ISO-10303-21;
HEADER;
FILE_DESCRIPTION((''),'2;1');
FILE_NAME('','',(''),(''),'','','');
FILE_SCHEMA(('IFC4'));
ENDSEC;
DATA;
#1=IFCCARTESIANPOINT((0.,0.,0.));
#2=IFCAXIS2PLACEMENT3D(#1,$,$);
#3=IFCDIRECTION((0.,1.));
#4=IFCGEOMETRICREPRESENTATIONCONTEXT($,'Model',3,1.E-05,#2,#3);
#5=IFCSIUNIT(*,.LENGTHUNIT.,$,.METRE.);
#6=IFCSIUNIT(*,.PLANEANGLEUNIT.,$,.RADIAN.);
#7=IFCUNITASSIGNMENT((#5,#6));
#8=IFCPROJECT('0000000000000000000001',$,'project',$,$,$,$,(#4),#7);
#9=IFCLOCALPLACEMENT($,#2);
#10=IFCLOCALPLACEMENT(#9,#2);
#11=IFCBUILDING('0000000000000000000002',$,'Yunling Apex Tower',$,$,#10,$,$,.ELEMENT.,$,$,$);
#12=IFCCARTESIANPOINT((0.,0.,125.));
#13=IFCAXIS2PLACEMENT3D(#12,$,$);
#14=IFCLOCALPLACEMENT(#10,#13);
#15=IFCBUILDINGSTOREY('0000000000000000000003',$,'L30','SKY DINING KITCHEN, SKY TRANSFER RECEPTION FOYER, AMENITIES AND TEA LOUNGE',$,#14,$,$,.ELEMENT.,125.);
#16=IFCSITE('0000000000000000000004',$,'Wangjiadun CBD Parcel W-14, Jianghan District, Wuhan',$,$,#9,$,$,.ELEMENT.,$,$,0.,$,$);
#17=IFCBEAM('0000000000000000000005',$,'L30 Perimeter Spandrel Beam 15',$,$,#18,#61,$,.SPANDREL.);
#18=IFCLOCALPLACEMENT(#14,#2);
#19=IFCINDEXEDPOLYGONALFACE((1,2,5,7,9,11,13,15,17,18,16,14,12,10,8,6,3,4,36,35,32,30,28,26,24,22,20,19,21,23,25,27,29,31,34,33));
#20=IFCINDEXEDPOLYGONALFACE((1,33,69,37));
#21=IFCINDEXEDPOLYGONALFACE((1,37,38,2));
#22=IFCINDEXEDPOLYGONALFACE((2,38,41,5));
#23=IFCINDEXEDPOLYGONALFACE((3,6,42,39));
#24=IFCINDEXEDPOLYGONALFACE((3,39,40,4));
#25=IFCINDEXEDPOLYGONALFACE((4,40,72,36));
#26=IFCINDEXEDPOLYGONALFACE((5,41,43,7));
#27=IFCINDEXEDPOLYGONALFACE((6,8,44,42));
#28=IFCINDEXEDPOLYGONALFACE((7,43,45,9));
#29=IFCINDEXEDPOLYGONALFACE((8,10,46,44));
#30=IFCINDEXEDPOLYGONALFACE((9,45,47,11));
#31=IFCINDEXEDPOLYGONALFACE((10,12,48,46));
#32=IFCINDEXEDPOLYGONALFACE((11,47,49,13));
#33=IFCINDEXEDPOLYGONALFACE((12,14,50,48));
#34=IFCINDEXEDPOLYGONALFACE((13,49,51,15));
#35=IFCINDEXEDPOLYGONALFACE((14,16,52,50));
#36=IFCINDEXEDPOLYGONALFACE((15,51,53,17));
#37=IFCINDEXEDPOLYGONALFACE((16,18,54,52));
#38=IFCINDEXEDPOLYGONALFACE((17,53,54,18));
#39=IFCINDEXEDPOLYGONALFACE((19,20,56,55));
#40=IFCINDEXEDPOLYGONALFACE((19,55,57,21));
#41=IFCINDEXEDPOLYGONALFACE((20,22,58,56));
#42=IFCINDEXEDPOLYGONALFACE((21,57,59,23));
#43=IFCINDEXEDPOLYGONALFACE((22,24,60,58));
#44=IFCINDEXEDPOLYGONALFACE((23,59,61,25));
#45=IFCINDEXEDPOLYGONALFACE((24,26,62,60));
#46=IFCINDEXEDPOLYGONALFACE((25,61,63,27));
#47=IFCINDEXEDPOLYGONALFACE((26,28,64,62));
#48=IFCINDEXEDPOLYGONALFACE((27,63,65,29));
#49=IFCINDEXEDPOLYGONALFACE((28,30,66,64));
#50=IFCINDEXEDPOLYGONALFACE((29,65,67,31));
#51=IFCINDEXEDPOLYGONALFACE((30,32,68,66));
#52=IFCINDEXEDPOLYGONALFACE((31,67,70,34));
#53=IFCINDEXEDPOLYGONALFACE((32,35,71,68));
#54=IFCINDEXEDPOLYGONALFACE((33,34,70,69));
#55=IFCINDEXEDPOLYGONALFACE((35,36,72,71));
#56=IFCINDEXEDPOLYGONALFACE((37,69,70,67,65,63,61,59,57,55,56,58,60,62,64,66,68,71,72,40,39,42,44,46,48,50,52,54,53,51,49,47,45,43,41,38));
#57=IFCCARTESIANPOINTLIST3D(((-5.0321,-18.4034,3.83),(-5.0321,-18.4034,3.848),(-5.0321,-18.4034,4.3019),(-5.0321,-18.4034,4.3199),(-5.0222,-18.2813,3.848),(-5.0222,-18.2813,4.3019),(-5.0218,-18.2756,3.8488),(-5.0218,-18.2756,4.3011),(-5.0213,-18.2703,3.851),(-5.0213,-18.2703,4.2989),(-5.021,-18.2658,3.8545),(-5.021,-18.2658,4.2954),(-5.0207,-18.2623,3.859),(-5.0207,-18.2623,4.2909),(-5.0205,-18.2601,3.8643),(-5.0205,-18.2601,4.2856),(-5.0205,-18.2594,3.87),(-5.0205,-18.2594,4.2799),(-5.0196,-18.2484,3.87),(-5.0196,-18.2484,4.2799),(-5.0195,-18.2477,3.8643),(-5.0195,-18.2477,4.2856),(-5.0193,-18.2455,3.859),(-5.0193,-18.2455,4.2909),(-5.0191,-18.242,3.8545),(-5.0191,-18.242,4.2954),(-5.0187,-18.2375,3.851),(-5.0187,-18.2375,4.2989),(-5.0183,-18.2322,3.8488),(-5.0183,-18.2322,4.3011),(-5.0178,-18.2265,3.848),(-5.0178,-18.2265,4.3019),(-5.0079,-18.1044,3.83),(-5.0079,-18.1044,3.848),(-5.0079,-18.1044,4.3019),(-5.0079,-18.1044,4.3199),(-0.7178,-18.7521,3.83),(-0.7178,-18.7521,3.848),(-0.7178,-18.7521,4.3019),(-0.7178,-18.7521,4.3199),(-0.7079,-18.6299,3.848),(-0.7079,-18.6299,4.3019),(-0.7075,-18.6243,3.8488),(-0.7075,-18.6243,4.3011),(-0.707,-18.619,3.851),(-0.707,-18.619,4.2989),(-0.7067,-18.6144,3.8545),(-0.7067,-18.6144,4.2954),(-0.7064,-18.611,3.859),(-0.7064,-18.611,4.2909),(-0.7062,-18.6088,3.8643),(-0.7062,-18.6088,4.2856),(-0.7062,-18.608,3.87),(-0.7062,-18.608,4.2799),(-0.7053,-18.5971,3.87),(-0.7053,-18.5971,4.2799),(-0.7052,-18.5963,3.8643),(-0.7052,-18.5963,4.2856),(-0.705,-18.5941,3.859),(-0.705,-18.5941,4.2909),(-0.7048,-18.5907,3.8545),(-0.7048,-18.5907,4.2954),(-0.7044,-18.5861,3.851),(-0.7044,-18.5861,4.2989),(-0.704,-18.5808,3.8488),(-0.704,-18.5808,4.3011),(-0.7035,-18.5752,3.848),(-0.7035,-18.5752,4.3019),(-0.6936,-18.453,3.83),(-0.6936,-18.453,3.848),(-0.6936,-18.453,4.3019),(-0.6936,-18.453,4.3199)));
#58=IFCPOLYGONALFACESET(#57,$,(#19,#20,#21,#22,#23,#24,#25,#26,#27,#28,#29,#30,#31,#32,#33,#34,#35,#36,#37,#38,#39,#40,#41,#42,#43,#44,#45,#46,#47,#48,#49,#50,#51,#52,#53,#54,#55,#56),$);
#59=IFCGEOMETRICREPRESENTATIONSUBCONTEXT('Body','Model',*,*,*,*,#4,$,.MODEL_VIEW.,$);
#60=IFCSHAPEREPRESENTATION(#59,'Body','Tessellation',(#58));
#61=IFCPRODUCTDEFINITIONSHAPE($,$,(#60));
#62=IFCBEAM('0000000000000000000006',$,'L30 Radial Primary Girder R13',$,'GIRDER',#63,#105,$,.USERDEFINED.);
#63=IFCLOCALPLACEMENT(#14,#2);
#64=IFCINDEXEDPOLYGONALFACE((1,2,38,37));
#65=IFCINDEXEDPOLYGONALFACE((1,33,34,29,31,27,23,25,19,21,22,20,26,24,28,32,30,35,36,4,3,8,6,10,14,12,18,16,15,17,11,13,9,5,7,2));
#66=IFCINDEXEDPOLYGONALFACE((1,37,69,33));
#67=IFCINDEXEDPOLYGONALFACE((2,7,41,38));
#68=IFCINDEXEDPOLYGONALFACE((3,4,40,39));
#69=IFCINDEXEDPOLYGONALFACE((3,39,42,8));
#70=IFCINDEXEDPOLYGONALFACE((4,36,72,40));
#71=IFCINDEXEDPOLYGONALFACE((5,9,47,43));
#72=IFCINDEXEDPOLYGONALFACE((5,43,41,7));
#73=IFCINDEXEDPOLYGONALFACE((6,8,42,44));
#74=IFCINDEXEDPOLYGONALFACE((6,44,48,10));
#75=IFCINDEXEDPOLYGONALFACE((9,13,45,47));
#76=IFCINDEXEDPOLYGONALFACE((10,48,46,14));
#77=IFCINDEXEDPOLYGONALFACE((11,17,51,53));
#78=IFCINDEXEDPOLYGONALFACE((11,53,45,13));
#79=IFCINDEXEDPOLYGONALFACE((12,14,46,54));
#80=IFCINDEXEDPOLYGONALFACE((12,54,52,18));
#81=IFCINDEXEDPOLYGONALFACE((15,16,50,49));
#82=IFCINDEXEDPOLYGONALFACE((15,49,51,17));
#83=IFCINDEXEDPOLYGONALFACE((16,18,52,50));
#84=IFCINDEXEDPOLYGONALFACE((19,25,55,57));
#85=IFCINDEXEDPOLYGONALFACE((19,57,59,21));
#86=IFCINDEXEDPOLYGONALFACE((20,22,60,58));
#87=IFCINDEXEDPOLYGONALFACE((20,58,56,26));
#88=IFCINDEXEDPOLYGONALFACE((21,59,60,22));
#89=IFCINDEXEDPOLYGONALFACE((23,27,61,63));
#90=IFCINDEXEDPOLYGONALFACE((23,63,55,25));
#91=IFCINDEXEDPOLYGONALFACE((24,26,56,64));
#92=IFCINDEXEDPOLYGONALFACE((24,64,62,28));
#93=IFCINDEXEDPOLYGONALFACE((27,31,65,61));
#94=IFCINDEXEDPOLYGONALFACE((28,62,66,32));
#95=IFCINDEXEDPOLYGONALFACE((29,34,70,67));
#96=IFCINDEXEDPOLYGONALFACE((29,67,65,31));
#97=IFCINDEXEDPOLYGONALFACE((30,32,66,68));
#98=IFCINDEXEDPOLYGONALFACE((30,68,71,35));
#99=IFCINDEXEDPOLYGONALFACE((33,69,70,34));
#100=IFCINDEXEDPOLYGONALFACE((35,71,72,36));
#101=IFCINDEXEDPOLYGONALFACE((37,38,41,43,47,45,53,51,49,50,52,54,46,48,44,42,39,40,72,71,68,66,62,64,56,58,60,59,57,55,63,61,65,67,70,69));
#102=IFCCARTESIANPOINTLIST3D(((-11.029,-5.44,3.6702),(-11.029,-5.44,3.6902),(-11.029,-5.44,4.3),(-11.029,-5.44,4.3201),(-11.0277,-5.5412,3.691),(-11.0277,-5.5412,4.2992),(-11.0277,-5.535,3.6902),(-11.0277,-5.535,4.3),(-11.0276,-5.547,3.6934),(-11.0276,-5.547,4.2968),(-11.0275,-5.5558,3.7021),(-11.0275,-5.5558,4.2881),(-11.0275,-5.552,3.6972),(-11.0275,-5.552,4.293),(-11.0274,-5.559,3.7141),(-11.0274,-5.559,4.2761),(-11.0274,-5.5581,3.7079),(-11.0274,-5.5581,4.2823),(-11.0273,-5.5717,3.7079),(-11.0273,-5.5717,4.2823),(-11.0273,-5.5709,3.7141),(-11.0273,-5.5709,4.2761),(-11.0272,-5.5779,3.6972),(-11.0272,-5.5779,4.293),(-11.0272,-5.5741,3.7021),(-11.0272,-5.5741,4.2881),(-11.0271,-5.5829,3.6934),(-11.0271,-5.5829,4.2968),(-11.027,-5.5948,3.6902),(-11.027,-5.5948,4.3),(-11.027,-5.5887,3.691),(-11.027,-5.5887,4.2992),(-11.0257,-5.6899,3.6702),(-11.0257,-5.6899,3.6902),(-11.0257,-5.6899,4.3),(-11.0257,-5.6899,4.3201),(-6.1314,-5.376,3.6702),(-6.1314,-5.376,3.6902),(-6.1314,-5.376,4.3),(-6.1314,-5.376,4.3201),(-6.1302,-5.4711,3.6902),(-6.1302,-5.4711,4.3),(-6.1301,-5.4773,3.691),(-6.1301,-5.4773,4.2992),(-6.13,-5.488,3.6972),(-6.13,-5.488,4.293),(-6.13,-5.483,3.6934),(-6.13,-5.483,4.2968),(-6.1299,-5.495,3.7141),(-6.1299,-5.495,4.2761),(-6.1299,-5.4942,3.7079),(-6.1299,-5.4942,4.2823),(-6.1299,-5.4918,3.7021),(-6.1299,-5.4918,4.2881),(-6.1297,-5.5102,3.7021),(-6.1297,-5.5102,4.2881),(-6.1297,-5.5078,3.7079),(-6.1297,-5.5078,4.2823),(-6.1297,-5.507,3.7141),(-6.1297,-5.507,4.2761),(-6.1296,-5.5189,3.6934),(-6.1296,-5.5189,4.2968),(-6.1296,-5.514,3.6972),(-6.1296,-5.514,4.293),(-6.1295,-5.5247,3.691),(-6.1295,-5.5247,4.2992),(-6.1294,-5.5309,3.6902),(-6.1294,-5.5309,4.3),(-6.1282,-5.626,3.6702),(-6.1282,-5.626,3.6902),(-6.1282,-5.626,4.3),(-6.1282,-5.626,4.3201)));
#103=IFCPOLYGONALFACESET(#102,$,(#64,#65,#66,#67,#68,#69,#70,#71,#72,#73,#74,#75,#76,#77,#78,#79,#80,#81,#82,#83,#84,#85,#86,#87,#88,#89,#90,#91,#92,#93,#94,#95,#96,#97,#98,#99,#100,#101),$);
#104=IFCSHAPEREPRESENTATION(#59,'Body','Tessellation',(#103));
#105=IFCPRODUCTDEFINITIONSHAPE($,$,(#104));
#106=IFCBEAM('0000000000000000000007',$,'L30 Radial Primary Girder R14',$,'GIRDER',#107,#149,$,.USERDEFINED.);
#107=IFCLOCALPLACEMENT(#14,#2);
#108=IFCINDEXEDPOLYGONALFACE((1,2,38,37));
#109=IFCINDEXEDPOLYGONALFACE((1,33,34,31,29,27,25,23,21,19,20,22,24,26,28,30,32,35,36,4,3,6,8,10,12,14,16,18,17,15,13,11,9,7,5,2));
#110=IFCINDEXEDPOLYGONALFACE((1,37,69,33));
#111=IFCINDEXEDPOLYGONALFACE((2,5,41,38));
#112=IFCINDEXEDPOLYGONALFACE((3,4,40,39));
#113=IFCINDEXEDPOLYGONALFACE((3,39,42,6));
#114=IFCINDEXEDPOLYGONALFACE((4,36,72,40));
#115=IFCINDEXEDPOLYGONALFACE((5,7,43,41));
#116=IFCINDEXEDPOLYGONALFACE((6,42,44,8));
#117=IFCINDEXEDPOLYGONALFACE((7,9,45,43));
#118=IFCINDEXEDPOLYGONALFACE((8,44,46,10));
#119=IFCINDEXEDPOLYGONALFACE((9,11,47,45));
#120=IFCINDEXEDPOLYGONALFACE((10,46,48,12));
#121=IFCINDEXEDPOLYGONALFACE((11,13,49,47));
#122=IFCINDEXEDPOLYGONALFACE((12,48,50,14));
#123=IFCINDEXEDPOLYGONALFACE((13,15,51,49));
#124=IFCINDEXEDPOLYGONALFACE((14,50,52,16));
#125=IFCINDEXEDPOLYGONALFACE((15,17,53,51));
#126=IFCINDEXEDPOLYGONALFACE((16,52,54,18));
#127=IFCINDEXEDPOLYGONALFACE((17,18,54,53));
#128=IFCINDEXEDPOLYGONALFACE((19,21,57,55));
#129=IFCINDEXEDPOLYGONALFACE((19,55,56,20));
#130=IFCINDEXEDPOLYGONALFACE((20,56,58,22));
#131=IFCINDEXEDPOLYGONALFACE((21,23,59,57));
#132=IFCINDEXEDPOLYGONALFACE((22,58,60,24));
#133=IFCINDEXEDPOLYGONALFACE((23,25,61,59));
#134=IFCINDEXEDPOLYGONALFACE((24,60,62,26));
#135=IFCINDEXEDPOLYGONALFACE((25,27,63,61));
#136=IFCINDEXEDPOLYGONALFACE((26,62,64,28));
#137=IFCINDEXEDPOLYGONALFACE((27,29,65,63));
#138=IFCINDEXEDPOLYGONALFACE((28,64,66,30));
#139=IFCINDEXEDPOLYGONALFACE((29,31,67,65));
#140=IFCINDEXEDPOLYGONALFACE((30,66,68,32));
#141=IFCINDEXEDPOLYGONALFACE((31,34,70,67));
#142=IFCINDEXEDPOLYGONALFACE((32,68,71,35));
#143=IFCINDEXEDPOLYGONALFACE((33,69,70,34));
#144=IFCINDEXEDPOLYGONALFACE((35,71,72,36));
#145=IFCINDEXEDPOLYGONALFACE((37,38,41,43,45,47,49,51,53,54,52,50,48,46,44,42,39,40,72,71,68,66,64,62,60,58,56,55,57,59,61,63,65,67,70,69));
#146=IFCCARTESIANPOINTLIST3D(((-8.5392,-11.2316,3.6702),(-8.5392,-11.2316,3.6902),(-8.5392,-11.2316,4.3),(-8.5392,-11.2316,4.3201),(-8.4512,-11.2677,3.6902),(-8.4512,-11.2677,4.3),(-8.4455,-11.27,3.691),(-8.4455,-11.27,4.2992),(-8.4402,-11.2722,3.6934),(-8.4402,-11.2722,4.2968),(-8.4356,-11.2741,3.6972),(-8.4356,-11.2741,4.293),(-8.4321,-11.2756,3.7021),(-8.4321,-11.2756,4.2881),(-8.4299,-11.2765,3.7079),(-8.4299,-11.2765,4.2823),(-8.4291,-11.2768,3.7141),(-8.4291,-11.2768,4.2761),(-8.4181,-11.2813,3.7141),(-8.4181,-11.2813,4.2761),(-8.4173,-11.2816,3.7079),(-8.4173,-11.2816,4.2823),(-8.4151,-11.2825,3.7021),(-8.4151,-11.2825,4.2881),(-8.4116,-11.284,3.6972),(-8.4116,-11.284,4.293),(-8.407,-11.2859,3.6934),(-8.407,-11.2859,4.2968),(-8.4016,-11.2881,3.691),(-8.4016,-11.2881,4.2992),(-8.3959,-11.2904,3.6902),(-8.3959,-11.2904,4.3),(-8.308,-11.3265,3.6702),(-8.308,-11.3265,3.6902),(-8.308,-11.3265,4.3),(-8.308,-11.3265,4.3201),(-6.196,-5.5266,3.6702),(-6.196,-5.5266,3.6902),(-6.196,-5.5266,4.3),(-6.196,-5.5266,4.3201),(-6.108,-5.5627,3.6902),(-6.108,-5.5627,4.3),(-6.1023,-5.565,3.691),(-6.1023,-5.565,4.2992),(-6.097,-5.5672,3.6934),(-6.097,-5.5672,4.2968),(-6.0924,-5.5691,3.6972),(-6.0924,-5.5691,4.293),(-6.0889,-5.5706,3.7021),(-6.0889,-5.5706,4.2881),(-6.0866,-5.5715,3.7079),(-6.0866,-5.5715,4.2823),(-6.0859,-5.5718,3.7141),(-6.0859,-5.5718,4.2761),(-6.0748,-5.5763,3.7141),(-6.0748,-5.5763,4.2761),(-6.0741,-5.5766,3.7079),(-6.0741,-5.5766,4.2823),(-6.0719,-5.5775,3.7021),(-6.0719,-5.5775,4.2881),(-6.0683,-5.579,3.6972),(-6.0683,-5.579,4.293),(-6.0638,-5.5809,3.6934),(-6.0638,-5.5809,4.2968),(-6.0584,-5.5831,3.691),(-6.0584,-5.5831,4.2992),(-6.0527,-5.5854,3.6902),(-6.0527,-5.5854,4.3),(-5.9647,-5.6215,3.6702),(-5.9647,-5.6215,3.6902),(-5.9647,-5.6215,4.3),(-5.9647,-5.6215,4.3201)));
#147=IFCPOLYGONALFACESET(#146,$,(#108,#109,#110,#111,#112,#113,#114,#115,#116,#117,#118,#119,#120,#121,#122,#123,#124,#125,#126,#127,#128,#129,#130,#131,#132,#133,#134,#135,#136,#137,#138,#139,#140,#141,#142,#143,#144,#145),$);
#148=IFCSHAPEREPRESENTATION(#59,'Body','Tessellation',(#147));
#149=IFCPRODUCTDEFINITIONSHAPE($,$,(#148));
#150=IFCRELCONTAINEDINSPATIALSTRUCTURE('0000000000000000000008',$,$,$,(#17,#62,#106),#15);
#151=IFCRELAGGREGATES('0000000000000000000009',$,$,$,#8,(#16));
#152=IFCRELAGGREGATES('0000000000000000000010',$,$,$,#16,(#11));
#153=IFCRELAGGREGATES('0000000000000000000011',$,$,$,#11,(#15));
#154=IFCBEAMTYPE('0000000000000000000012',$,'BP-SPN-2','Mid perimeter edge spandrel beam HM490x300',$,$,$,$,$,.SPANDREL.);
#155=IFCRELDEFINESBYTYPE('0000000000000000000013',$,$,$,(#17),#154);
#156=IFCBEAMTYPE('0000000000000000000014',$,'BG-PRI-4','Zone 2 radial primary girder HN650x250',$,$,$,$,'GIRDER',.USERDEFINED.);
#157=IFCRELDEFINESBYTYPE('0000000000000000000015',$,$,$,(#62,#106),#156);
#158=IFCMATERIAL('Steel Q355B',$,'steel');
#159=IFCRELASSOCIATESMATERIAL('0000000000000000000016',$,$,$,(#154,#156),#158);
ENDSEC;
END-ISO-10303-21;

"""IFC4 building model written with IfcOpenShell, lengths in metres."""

from ifc_helpers import new_model, si_unit, direction, frame, origin, origin_2d, place, context, subcontext, project, spatial, i_section, extrude, source, transform, mapped, material, material_profile, profile_set, type_object, element, save


model = new_model("IFC4")

# Units and contexts
model_context = context("Model", 3, precision=1e-05, world=origin(), true_north=direction((0.0, 1.0)))
body_context = subcontext(model_context, "Body", "Model", "MODEL_VIEW")
ifc_project = project(units=[si_unit("LENGTHUNIT", "METRE"), si_unit("PLANEANGLEUNIT", "RADIAN")], contexts=[model_context])

# Site, building, storey
site_placement = place(None, origin())
site = spatial("IfcSite", under=ifc_project, at=site_placement, Name="Wangjiadun CBD Parcel W-14, Jianghan District, Wuhan", CompositionType="ELEMENT", RefElevation=0.0)
building_placement = place(site_placement, origin())
building = spatial("IfcBuilding", under=site, at=building_placement, Name="Yunling Apex Tower", CompositionType="ELEMENT")
storey_placement = place(building_placement, frame((0.0, 0.0, 125.0)))
storey = spatial("IfcBuildingStorey", under=building, at=storey_placement, Name="L30", Description="SKY DINING KITCHEN, SKY TRANSFER RECEPTION FOYER, AMENITIES AND TEA LOUNGE", CompositionType="ELEMENT", Elevation=125.0)

# Beams
ifc_material_1 = material(Name="Steel Q355B", Category="steel")
ifc_material_profile_1 = material_profile(ifc_material_1, i_section(OverallWidth=0.3, OverallDepth=0.49, WebThickness=0.011, FlangeThickness=0.0181, FilletRadius=0.022, at=origin_2d()))
ifc_profile_set_1 = profile_set([ifc_material_profile_1], Name="Steel Q355B")
beam_type_1 = type_object("IfcBeamType", Name="BP-SPN-2", Description="Mid perimeter edge spandrel beam HM490x300", PredefinedType="SPANDREL", material=ifc_profile_set_1)
shared_shape_1 = source(origin(), body_context, "Body", "SweptSolid", [
    extrude(i_section(OverallWidth=0.3, OverallDepth=0.49, WebThickness=0.011, FlangeThickness=0.0181, FilletRadius=0.022, at=origin_2d()), origin(), (0.0, 0.0, 1.0), 4.3284),
])
beam_1_placement = place(storey_placement, frame((-5.02, -18.2539, 4.075), z_axis=(0.996751, -0.080548, 0.0), x_axis=(0.080548, 0.996751, 0.0)))
element("IfcBeam", 1, at=beam_1_placement, inside=storey, type_object=beam_type_1, Name="L30 Perimeter Spandrel Beam 15", PredefinedType="SPANDREL", context=body_context, shape_type="MappedRepresentation", body=[
    mapped(shared_shape_1, transform((0.0, 0.0, 0.0), scale=1.0)),
])
ifc_material_profile_2 = material_profile(ifc_material_1, i_section(OverallWidth=0.25, OverallDepth=0.6499, WebThickness=0.012, FlangeThickness=0.02, FilletRadius=0.0239, at=origin_2d()))
ifc_profile_set_2 = profile_set([ifc_material_profile_2], Name="Steel Q355B")
beam_type_2 = type_object("IfcBeamType", Name="BG-PRI-4", Description="Zone 2 radial primary girder HN650x250", ElementType="GIRDER", PredefinedType="USERDEFINED", material=ifc_profile_set_2)
shared_shape_2 = source(origin(), body_context, "Body", "SweptSolid", [
    extrude(i_section(OverallWidth=0.25, OverallDepth=0.6499, WebThickness=0.012, FlangeThickness=0.02, FilletRadius=0.0239, at=origin_2d()), origin(), (0.0, 0.0, 1.0), 4.8979),
])
beam_2_placement = place(storey_placement, frame((-11.0273, -5.5649, 3.9951), z_axis=(0.999915, 0.01306, 0.0), x_axis=(-0.01306, 0.999915, 0.0)))
element("IfcBeam", 2, at=beam_2_placement, inside=storey, type_object=beam_type_2, Name="L30 Radial Primary Girder R13", ObjectType="GIRDER", PredefinedType="USERDEFINED", context=body_context, shape_type="MappedRepresentation", body=[
    mapped(shared_shape_2, transform((0.0, 0.0, 0.0), scale=1.0)),
])
shared_shape_3 = source(origin(), body_context, "Body", "SweptSolid", [
    extrude(i_section(OverallWidth=0.25, OverallDepth=0.6499, WebThickness=0.012, FlangeThickness=0.02, FilletRadius=0.0239, at=origin_2d()), origin(), (0.0, 0.0, 1.0), 6.1675),
])
beam_3_placement = place(storey_placement, frame((-8.4236, -11.2791, 3.9951), z_axis=(0.379933, 0.925014, 0.0), x_axis=(-0.925014, 0.379933, 0.0)))
element("IfcBeam", 3, at=beam_3_placement, inside=storey, type_object=beam_type_2, Name="L30 Radial Primary Girder R14", ObjectType="GIRDER", PredefinedType="USERDEFINED", context=body_context, shape_type="MappedRepresentation", body=[
    mapped(shared_shape_3, transform((0.0, 0.0, 0.0), scale=1.0)),
])

save(model, "model.ifc")
